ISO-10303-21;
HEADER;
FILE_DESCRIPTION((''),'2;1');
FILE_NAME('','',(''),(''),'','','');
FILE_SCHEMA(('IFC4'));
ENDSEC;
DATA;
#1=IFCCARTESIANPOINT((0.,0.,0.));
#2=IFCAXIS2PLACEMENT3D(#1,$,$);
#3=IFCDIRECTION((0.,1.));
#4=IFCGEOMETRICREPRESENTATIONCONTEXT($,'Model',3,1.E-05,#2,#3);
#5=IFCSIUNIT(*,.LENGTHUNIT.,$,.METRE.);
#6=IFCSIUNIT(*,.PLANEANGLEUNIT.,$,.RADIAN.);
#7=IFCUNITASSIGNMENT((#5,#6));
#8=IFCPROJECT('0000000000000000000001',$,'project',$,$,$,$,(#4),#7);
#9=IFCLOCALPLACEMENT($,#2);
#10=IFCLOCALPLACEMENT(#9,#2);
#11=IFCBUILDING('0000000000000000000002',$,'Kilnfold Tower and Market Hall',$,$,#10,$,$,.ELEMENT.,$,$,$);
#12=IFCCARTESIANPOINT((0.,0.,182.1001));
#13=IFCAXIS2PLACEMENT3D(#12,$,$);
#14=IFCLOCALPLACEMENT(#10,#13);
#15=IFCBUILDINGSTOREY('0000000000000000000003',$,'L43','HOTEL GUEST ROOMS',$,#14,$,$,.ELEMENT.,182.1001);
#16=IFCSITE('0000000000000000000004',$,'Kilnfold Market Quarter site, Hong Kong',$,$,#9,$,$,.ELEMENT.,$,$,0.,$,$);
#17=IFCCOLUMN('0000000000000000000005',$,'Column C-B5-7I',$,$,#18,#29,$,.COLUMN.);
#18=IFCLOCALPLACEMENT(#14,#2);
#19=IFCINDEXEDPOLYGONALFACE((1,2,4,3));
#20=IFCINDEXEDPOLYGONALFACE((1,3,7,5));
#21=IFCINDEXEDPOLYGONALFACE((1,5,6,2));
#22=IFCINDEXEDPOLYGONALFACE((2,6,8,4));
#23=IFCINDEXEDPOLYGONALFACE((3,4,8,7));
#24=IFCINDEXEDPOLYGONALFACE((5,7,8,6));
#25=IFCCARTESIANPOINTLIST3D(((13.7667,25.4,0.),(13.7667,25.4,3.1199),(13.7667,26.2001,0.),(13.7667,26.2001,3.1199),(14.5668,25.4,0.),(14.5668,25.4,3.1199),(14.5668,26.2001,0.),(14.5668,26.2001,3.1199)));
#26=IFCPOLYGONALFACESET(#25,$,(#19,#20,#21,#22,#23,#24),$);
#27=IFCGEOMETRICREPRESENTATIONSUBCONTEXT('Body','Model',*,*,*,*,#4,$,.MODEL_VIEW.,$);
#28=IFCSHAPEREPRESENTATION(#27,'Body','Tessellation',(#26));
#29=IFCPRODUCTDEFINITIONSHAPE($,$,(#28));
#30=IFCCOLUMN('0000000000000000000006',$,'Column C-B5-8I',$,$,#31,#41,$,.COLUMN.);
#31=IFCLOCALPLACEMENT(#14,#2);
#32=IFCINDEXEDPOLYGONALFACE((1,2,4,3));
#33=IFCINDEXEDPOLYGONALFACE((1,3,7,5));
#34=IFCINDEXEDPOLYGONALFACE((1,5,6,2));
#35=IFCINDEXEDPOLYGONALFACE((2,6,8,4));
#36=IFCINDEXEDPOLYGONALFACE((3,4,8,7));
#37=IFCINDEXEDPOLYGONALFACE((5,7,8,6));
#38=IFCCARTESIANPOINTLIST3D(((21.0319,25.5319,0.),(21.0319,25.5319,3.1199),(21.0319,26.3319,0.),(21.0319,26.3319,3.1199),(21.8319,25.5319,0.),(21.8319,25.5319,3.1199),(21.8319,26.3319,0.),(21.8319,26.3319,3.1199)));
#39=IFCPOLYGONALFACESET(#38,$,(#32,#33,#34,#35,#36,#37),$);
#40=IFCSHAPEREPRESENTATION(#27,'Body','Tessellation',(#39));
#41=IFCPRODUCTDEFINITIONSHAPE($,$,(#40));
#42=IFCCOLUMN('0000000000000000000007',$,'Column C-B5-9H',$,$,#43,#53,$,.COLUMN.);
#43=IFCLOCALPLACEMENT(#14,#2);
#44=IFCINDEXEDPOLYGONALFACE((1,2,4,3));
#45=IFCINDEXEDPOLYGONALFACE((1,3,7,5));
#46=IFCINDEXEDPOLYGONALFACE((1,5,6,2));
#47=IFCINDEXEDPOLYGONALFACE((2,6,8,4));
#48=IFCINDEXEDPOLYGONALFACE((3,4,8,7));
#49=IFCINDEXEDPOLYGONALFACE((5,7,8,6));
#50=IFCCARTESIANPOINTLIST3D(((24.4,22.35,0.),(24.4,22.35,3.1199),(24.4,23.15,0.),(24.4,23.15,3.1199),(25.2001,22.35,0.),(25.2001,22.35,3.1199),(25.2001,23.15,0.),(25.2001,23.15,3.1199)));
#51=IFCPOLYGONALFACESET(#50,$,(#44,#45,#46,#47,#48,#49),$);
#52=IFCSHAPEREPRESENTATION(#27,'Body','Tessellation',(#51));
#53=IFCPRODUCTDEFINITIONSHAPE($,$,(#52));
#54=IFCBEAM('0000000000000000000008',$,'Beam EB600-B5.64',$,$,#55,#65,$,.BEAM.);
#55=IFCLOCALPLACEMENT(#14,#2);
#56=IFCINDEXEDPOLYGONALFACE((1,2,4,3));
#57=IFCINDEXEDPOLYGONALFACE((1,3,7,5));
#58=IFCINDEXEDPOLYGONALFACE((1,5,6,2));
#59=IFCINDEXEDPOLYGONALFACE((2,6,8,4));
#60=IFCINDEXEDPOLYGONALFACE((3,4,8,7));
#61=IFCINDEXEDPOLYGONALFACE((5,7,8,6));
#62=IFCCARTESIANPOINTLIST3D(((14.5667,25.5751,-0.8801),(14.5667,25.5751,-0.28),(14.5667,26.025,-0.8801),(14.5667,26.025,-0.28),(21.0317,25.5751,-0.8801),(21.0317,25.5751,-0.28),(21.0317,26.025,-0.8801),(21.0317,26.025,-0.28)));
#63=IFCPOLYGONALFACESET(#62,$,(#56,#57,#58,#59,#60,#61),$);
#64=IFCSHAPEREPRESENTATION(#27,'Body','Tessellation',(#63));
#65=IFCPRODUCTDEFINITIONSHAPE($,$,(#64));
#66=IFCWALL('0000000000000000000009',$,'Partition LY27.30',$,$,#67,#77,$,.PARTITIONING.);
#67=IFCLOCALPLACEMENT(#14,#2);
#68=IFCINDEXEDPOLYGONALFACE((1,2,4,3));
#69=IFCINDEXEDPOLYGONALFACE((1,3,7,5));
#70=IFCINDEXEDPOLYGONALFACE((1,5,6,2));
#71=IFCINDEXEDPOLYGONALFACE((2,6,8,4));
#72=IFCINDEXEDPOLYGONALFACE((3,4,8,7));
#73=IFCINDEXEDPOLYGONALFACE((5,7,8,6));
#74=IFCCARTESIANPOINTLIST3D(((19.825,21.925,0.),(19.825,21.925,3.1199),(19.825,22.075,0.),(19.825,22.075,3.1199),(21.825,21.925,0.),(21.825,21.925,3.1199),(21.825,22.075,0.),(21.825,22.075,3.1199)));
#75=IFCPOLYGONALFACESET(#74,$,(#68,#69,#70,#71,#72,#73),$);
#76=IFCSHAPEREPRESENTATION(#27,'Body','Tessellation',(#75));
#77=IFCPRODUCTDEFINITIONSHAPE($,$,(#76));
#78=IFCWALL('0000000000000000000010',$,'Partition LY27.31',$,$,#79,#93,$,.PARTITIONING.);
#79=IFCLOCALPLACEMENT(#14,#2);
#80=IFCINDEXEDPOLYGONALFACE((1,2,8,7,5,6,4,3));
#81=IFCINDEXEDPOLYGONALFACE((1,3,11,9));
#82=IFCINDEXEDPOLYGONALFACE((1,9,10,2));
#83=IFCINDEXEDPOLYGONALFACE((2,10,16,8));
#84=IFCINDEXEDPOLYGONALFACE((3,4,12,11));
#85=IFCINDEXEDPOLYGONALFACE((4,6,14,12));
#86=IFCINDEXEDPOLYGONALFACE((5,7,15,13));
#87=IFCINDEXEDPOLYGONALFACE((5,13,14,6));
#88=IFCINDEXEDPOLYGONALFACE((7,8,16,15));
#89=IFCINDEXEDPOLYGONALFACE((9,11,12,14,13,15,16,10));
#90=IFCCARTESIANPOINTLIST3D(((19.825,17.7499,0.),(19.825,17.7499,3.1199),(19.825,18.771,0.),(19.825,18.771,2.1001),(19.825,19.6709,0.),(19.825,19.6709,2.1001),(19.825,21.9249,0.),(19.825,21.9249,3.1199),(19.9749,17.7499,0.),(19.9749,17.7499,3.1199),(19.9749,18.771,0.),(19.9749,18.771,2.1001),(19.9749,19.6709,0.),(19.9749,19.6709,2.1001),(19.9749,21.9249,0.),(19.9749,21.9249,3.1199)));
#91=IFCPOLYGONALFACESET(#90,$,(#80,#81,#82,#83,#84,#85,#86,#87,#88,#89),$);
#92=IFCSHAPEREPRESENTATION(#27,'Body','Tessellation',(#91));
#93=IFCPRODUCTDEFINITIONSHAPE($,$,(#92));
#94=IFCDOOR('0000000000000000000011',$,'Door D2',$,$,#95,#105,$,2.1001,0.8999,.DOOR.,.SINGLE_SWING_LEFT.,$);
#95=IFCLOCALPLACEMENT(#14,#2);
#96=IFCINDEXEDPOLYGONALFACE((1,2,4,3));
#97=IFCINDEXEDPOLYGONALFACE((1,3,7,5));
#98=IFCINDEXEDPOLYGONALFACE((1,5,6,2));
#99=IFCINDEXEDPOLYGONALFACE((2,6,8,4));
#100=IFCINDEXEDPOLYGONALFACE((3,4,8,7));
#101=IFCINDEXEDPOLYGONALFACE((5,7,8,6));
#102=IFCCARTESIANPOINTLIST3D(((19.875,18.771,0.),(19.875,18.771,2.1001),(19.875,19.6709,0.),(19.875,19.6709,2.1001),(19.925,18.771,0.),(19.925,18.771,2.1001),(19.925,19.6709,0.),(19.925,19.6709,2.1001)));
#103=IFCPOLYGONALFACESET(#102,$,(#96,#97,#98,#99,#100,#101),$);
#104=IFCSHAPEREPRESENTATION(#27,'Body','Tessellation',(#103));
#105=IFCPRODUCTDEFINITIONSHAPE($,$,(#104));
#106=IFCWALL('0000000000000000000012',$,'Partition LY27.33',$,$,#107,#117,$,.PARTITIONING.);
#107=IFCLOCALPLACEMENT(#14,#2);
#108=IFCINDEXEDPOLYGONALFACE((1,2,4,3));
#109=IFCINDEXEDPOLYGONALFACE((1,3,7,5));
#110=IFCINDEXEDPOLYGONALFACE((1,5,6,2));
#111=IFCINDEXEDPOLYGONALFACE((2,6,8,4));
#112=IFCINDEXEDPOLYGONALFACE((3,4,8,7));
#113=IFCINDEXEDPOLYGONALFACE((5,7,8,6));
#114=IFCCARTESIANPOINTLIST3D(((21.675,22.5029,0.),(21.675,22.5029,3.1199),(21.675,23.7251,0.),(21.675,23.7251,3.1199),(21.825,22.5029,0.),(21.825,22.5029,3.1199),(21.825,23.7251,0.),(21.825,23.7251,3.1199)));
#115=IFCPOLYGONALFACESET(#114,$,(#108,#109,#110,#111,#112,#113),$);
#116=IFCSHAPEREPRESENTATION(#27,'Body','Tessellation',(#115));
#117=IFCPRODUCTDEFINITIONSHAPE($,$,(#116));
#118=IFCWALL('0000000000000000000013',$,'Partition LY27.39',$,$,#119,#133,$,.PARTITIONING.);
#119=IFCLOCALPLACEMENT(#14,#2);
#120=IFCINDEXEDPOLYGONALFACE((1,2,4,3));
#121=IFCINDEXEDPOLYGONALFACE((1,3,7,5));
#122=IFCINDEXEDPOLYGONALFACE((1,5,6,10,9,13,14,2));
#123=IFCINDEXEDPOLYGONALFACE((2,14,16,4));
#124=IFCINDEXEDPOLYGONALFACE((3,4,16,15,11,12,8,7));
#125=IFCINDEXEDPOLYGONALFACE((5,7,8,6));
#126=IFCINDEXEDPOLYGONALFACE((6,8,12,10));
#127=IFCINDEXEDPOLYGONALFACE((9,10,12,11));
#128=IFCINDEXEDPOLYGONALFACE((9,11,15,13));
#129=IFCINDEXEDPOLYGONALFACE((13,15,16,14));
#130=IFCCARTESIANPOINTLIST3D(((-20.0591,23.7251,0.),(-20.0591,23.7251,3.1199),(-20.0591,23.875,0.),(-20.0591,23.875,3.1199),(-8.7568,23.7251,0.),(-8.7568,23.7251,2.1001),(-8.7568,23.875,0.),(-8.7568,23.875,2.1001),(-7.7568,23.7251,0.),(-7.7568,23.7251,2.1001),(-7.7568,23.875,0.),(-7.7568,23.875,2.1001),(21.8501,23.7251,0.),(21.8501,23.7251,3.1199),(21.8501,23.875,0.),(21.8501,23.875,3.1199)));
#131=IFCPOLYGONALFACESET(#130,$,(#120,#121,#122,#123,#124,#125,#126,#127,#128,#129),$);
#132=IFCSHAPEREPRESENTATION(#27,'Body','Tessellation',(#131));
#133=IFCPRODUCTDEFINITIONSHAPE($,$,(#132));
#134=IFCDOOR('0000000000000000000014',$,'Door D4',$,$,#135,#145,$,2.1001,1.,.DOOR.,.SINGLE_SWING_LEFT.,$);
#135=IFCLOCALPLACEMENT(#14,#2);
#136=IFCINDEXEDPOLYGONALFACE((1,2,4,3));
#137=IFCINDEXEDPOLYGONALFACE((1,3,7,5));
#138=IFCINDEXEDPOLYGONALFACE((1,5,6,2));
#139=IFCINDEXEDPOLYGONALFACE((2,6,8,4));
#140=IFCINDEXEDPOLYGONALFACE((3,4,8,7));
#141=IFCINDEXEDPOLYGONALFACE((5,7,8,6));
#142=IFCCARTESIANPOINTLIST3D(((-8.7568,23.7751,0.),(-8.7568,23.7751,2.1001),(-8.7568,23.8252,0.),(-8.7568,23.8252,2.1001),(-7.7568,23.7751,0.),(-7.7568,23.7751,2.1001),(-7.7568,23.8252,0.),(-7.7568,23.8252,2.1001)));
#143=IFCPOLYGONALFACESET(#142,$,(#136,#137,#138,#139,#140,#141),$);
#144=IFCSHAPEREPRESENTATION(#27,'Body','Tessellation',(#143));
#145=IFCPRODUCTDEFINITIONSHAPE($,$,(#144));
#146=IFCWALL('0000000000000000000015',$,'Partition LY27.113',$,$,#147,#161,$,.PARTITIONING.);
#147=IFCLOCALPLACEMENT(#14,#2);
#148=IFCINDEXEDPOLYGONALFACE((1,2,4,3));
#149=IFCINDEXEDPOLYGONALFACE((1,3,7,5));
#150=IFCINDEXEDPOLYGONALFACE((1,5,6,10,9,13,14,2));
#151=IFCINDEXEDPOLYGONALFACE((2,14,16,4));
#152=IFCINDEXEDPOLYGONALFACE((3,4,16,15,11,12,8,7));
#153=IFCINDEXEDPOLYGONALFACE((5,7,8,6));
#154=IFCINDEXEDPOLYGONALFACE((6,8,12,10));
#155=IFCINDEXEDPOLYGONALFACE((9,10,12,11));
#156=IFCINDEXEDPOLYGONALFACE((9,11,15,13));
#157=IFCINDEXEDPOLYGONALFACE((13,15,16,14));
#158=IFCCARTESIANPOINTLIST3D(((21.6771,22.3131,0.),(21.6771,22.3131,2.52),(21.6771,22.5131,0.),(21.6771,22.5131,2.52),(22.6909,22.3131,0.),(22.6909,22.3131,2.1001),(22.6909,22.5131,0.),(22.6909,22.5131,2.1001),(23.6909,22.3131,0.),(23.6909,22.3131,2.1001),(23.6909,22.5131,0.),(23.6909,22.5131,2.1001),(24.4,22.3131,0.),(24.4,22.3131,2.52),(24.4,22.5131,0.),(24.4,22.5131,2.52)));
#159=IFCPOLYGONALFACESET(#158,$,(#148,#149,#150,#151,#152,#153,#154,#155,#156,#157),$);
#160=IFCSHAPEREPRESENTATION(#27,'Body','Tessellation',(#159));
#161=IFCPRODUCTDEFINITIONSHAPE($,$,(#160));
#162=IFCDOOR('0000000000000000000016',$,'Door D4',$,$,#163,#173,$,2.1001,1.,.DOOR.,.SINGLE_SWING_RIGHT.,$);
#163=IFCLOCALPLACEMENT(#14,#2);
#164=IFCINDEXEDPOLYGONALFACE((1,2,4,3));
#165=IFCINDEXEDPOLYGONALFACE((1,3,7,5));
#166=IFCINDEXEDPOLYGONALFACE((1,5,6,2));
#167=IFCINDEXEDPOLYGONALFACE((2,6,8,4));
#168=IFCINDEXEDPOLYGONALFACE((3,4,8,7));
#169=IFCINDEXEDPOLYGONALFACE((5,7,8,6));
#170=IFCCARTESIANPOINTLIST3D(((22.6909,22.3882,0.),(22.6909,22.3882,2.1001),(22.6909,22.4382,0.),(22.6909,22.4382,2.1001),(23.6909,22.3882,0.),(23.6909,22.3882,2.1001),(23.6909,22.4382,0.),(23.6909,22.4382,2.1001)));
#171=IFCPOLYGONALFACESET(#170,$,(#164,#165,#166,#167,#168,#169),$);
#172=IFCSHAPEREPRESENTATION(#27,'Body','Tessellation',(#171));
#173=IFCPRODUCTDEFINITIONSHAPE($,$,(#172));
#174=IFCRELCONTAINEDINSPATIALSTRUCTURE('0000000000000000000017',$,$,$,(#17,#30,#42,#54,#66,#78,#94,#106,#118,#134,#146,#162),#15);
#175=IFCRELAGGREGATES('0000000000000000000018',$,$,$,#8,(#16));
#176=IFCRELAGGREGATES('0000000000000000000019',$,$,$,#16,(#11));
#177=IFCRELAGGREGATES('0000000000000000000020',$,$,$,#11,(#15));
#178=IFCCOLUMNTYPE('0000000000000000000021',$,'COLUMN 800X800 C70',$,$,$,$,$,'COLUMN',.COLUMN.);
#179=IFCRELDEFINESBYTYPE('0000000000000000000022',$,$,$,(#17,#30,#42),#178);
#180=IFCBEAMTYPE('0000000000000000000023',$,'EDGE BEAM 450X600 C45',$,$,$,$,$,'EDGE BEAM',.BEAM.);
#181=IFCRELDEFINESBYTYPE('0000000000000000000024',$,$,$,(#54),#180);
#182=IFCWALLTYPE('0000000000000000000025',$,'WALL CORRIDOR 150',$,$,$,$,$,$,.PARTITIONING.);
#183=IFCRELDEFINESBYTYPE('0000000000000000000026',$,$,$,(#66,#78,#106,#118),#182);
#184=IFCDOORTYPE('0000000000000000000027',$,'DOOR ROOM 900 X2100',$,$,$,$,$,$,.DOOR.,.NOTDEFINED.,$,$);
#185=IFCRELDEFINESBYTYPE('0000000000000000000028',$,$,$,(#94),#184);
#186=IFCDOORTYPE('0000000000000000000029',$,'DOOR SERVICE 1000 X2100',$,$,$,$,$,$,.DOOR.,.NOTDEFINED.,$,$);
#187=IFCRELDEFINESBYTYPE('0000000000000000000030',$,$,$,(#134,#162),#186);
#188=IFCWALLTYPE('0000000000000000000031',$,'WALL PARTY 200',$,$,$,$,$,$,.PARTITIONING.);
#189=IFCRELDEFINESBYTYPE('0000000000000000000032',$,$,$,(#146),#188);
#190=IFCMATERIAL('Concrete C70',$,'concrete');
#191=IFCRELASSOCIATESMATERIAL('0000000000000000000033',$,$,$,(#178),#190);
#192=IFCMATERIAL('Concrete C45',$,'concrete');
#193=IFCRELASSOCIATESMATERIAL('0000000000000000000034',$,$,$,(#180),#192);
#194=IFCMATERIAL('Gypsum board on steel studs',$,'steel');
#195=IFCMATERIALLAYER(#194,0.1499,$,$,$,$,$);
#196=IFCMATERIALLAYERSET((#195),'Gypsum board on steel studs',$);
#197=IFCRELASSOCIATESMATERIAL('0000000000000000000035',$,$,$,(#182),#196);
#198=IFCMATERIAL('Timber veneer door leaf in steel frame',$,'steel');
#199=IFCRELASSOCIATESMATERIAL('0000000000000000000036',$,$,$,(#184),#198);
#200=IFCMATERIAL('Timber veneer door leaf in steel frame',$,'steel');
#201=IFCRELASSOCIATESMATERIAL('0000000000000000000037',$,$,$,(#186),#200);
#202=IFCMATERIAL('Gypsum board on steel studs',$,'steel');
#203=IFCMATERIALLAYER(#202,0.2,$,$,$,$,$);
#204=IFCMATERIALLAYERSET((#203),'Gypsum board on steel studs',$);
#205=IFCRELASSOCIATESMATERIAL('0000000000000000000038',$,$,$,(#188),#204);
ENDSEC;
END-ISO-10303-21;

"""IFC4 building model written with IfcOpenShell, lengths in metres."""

from ifc_helpers import new_model, si_unit, direction, frame, frame_2d, origin, origin_2d, place, context, subcontext, project, spatial, rectangle, extrude, source, transform, mapped, material, layer, layer_set, material_profile, profile_set, type_object, element, fill, save


model = new_model("IFC4")

# Units and contexts
model_context = context("Model", 3, precision=1e-05, world=origin(), true_north=direction((0.0, 1.0)))
body_context = subcontext(model_context, "Body", "Model", "MODEL_VIEW")
ifc_project = project(units=[si_unit("LENGTHUNIT", "METRE"), si_unit("PLANEANGLEUNIT", "RADIAN")], contexts=[model_context])

# Site, building, storey
site_placement = place(None, origin())
site = spatial("IfcSite", under=ifc_project, at=site_placement, Name="Kilnfold Market Quarter site, Hong Kong", CompositionType="ELEMENT", RefElevation=0.0)
building_placement = place(site_placement, origin())
building = spatial("IfcBuilding", under=site, at=building_placement, Name="Kilnfold Tower and Market Hall", CompositionType="ELEMENT")
storey_placement = place(building_placement, frame((0.0, 0.0, 182.1001)))
storey = spatial("IfcBuildingStorey", under=building, at=storey_placement, Name="L43", Description="HOTEL GUEST ROOMS", CompositionType="ELEMENT", Elevation=182.1001)

# Columns
ifc_material_1 = material(Name="Concrete C70", Category="concrete")
ifc_material_profile_1 = material_profile(ifc_material_1, rectangle(XDim=0.8, YDim=0.8, at=origin_2d()), Name="RC 800x800")
ifc_profile_set_1 = profile_set([ifc_material_profile_1], Name="Concrete C70")
column_type = type_object("IfcColumnType", Name="COLUMN 800X800 C70", ElementType="COLUMN", PredefinedType="COLUMN", material=ifc_profile_set_1)
shared_shape_1 = source(origin(), body_context, "Body", "SweptSolid", [
    extrude(rectangle(XDim=0.8, YDim=0.8, at=origin_2d()), origin(), (0.0, 0.0, 1.0), 3.1199),
])
for number, where, z_axis, x_axis, name in (
    (1, (14.1667, 25.8, 0.0), (0.0, 0.0, 1.0), (1.0, 0.0, 0.0), "Column C-B5-7I"),
    (2, (21.4319, 25.9319, 0.0), (0.0, 0.0, 1.0), (1.0, 0.0, 0.0), "Column C-B5-8I"),
    (3, (24.8, 22.75, 0.0), (0.0, 0.0, 1.0), (1.0, 0.0, 0.0), "Column C-B5-9H"),
):
    element("IfcColumn", number, at=place(storey_placement, frame(where, z_axis=z_axis, x_axis=x_axis)), inside=storey, type_object=column_type, Name=name, PredefinedType="COLUMN", context=body_context, shape_type="MappedRepresentation", body=[
        mapped(shared_shape_1, transform((0.0, 0.0, 0.0))),
    ])

# Beam
ifc_material_2 = material(Name="Concrete C45", Category="concrete")
ifc_material_profile_2 = material_profile(ifc_material_2, rectangle(XDim=0.45, YDim=0.6001, at=origin_2d()), Name="RC 450x600")
ifc_profile_set_2 = profile_set([ifc_material_profile_2], Name="Concrete C45")
beam_type = type_object("IfcBeamType", Name="EDGE BEAM 450X600 C45", ElementType="EDGE BEAM", PredefinedType="BEAM", material=ifc_profile_set_2)
shared_shape_2 = source(origin(), body_context, "Body", "SweptSolid", [
    extrude(rectangle(XDim=0.45, YDim=0.6001, at=origin_2d()), origin(), (0.0, 0.0, 1.0), 6.4651),
])
beam_placement = place(storey_placement, frame((14.5667, 25.8, -0.5801), z_axis=(1.0, 0.0, 0.0), x_axis=(0.0, 1.0, 0.0)))
element("IfcBeam", 4, at=beam_placement, inside=storey, type_object=beam_type, Name="Beam EB600-B5.64", PredefinedType="BEAM", context=body_context, shape_type="MappedRepresentation", body=[
    mapped(shared_shape_2, transform((0.0, 0.0, 0.0))),
])

# Wall
ifc_material_3 = material(Name="Gypsum board on steel studs", Category="steel")
ifc_layer_1 = layer(ifc_material_3, 0.1499)
ifc_layer_set_1 = layer_set([ifc_layer_1], Name="Gypsum board on steel studs")
wall_type_1 = type_object("IfcWallType", Name="WALL CORRIDOR 150", PredefinedType="PARTITIONING", material=ifc_layer_set_1)
wall_1_placement = place(storey_placement, frame((19.825, 22.0, 0.0), z_axis=(0.0, 0.0, 1.0), x_axis=(1.0, 0.0, 0.0)))
element("IfcWall", 5, at=wall_1_placement, inside=storey, type_object=wall_type_1, Name="Partition LY27.30", PredefinedType="PARTITIONING", context=body_context, shape_type="SweptSolid", body=[
    extrude(rectangle(XDim=2.0, YDim=0.1499, at=frame_2d((1.0, 0.0))), origin(), (0.0, 0.0, 1.0), 3.1199),
])

# Wall, opening, door
wall_2_placement = place(storey_placement, frame((19.8999, 17.75, 0.0), z_axis=(0.0, 0.0, 1.0), x_axis=(0.0, 1.0, 0.0)))
wall_2 = element("IfcWall", 6, at=wall_2_placement, inside=storey, type_object=wall_type_1, Name="Partition LY27.31", PredefinedType="PARTITIONING", context=body_context, shape_type="SweptSolid", body=[
    extrude(rectangle(XDim=4.175, YDim=0.1499, at=frame_2d((2.0874, 0.0))), origin(), (0.0, 0.0, 1.0), 3.1199),
])
opening_1_placement = place(wall_2_placement, frame((1.021, 0.0, 0.0)))
opening_1 = element("IfcOpeningElement", 7, at=opening_1_placement, cuts=wall_2, PredefinedType="OPENING", context=body_context, shape_type="SweptSolid", body=[
    extrude(rectangle(XDim=0.8999, YDim=2.1001, at=frame_2d((0.45, 1.05))), frame((0.0, 0.085, 0.0), z_axis=(0.0, -1.0, 0.0), x_axis=(1.0, 0.0, 0.0)), (0.0, 0.0, 1.0), 0.1699),
])
ifc_material_4 = material(Name="Timber veneer door leaf in steel frame", Category="steel")
door_type_1 = type_object("IfcDoorType", Name="DOOR ROOM 900 X2100", OperationType="NOTDEFINED", PredefinedType="DOOR", material=ifc_material_4)
door_1_placement = place(opening_1_placement, origin())
door_1 = element("IfcDoor", 8, at=door_1_placement, inside=storey, type_object=door_type_1, Name="Door D2", OperationType="SINGLE_SWING_LEFT", OverallHeight=2.1001, OverallWidth=0.8999, PredefinedType="DOOR", context=body_context, shape_type="SweptSolid", body=[
    extrude(rectangle(XDim=0.8999, YDim=2.1001, at=frame_2d((0.45, 1.05))), frame((0.0, 0.0249, 0.0), z_axis=(0.0, -1.0, 0.0), x_axis=(1.0, 0.0, 0.0)), (0.0, 0.0, 1.0), 0.05),
])
fill(opening_1, door_1)

# Wall
wall_3_placement = place(storey_placement, frame((21.75, 22.5029, 0.0), z_axis=(0.0, 0.0, 1.0), x_axis=(0.0, 1.0, 0.0)))
element("IfcWall", 9, at=wall_3_placement, inside=storey, type_object=wall_type_1, Name="Partition LY27.33", PredefinedType="PARTITIONING", context=body_context, shape_type="SweptSolid", body=[
    extrude(rectangle(XDim=1.2222, YDim=0.1499, at=frame_2d((0.6111, 0.0))), origin(), (0.0, 0.0, 1.0), 3.1199),
])

# Walls, openings, doors
wall_4_placement = place(storey_placement, frame((21.8501, 23.8, 0.0), z_axis=(0.0, 0.0, 1.0), x_axis=(-1.0, 0.0, 0.0)))
wall_4 = element("IfcWall", 10, at=wall_4_placement, inside=storey, type_object=wall_type_1, Name="Partition LY27.39", PredefinedType="PARTITIONING", context=body_context, shape_type="SweptSolid", body=[
    extrude(rectangle(XDim=41.9092, YDim=0.1499, at=frame_2d((20.9546, 0.0))), origin(), (0.0, 0.0, 1.0), 3.1199),
])
opening_2_placement = place(wall_4_placement, frame((29.6069, 0.0, 0.0)))
opening_2 = element("IfcOpeningElement", 11, at=opening_2_placement, cuts=wall_4, PredefinedType="OPENING", context=body_context, shape_type="SweptSolid", body=[
    extrude(rectangle(XDim=1.0, YDim=2.1001, at=frame_2d((0.5, 1.05))), frame((0.0, 0.085, 0.0), z_axis=(0.0, -1.0, 0.0), x_axis=(1.0, 0.0, 0.0)), (0.0, 0.0, 1.0), 0.1699),
])
ifc_material_5 = material(Name="Timber veneer door leaf in steel frame", Category="steel")
door_type_2 = type_object("IfcDoorType", Name="DOOR SERVICE 1000 X2100", OperationType="NOTDEFINED", PredefinedType="DOOR", material=ifc_material_5)
door_2_placement = place(opening_2_placement, origin())
door_2 = element("IfcDoor", 12, at=door_2_placement, inside=storey, type_object=door_type_2, Name="Door D4", OperationType="SINGLE_SWING_LEFT", OverallHeight=2.1001, OverallWidth=1.0, PredefinedType="DOOR", context=body_context, shape_type="SweptSolid", body=[
    extrude(rectangle(XDim=1.0, YDim=2.1001, at=frame_2d((0.5, 1.05))), frame((0.0, 0.0249, 0.0), z_axis=(0.0, -1.0, 0.0), x_axis=(1.0, 0.0, 0.0)), (0.0, 0.0, 1.0), 0.05),
])
fill(opening_2, door_2)
ifc_material_6 = material(Name="Gypsum board on steel studs", Category="steel")
ifc_layer_2 = layer(ifc_material_6, 0.2)
ifc_layer_set_2 = layer_set([ifc_layer_2], Name="Gypsum board on steel studs")
wall_type_2 = type_object("IfcWallType", Name="WALL PARTY 200", PredefinedType="PARTITIONING", material=ifc_layer_set_2)
wall_5_placement = place(storey_placement, frame((24.3999, 22.4131, 0.0), z_axis=(0.0, 0.0, 1.0), x_axis=(-1.0, 0.0, 0.0)))
wall_5 = element("IfcWall", 13, at=wall_5_placement, inside=storey, type_object=wall_type_2, Name="Partition LY27.113", PredefinedType="PARTITIONING", context=body_context, shape_type="SweptSolid", body=[
    extrude(rectangle(XDim=2.7229, YDim=0.2, at=frame_2d((1.3613, 0.0))), origin(), (0.0, 0.0, 1.0), 2.52),
])
opening_3_placement = place(wall_5_placement, frame((0.709, 0.0, 0.0)))
opening_3 = element("IfcOpeningElement", 14, at=opening_3_placement, cuts=wall_5, PredefinedType="OPENING", context=body_context, shape_type="SweptSolid", body=[
    extrude(rectangle(XDim=1.0, YDim=2.1001, at=frame_2d((0.5, 1.05))), frame((0.0, 0.1099, 0.0), z_axis=(0.0, -1.0, 0.0), x_axis=(1.0, 0.0, 0.0)), (0.0, 0.0, 1.0), 0.22),
])
door_3_placement = place(opening_3_placement, origin())
door_3 = element("IfcDoor", 15, at=door_3_placement, inside=storey, type_object=door_type_2, Name="Door D4", OperationType="SINGLE_SWING_RIGHT", OverallHeight=2.1001, OverallWidth=1.0, PredefinedType="DOOR", context=body_context, shape_type="SweptSolid", body=[
    extrude(rectangle(XDim=1.0, YDim=2.1001, at=frame_2d((0.5, 1.05))), frame((0.0, 0.0249, 0.0), z_axis=(0.0, -1.0, 0.0), x_axis=(1.0, 0.0, 0.0)), (0.0, 0.0, 1.0), 0.05),
])
fill(opening_3, door_3)

save(model, "model.ifc")
